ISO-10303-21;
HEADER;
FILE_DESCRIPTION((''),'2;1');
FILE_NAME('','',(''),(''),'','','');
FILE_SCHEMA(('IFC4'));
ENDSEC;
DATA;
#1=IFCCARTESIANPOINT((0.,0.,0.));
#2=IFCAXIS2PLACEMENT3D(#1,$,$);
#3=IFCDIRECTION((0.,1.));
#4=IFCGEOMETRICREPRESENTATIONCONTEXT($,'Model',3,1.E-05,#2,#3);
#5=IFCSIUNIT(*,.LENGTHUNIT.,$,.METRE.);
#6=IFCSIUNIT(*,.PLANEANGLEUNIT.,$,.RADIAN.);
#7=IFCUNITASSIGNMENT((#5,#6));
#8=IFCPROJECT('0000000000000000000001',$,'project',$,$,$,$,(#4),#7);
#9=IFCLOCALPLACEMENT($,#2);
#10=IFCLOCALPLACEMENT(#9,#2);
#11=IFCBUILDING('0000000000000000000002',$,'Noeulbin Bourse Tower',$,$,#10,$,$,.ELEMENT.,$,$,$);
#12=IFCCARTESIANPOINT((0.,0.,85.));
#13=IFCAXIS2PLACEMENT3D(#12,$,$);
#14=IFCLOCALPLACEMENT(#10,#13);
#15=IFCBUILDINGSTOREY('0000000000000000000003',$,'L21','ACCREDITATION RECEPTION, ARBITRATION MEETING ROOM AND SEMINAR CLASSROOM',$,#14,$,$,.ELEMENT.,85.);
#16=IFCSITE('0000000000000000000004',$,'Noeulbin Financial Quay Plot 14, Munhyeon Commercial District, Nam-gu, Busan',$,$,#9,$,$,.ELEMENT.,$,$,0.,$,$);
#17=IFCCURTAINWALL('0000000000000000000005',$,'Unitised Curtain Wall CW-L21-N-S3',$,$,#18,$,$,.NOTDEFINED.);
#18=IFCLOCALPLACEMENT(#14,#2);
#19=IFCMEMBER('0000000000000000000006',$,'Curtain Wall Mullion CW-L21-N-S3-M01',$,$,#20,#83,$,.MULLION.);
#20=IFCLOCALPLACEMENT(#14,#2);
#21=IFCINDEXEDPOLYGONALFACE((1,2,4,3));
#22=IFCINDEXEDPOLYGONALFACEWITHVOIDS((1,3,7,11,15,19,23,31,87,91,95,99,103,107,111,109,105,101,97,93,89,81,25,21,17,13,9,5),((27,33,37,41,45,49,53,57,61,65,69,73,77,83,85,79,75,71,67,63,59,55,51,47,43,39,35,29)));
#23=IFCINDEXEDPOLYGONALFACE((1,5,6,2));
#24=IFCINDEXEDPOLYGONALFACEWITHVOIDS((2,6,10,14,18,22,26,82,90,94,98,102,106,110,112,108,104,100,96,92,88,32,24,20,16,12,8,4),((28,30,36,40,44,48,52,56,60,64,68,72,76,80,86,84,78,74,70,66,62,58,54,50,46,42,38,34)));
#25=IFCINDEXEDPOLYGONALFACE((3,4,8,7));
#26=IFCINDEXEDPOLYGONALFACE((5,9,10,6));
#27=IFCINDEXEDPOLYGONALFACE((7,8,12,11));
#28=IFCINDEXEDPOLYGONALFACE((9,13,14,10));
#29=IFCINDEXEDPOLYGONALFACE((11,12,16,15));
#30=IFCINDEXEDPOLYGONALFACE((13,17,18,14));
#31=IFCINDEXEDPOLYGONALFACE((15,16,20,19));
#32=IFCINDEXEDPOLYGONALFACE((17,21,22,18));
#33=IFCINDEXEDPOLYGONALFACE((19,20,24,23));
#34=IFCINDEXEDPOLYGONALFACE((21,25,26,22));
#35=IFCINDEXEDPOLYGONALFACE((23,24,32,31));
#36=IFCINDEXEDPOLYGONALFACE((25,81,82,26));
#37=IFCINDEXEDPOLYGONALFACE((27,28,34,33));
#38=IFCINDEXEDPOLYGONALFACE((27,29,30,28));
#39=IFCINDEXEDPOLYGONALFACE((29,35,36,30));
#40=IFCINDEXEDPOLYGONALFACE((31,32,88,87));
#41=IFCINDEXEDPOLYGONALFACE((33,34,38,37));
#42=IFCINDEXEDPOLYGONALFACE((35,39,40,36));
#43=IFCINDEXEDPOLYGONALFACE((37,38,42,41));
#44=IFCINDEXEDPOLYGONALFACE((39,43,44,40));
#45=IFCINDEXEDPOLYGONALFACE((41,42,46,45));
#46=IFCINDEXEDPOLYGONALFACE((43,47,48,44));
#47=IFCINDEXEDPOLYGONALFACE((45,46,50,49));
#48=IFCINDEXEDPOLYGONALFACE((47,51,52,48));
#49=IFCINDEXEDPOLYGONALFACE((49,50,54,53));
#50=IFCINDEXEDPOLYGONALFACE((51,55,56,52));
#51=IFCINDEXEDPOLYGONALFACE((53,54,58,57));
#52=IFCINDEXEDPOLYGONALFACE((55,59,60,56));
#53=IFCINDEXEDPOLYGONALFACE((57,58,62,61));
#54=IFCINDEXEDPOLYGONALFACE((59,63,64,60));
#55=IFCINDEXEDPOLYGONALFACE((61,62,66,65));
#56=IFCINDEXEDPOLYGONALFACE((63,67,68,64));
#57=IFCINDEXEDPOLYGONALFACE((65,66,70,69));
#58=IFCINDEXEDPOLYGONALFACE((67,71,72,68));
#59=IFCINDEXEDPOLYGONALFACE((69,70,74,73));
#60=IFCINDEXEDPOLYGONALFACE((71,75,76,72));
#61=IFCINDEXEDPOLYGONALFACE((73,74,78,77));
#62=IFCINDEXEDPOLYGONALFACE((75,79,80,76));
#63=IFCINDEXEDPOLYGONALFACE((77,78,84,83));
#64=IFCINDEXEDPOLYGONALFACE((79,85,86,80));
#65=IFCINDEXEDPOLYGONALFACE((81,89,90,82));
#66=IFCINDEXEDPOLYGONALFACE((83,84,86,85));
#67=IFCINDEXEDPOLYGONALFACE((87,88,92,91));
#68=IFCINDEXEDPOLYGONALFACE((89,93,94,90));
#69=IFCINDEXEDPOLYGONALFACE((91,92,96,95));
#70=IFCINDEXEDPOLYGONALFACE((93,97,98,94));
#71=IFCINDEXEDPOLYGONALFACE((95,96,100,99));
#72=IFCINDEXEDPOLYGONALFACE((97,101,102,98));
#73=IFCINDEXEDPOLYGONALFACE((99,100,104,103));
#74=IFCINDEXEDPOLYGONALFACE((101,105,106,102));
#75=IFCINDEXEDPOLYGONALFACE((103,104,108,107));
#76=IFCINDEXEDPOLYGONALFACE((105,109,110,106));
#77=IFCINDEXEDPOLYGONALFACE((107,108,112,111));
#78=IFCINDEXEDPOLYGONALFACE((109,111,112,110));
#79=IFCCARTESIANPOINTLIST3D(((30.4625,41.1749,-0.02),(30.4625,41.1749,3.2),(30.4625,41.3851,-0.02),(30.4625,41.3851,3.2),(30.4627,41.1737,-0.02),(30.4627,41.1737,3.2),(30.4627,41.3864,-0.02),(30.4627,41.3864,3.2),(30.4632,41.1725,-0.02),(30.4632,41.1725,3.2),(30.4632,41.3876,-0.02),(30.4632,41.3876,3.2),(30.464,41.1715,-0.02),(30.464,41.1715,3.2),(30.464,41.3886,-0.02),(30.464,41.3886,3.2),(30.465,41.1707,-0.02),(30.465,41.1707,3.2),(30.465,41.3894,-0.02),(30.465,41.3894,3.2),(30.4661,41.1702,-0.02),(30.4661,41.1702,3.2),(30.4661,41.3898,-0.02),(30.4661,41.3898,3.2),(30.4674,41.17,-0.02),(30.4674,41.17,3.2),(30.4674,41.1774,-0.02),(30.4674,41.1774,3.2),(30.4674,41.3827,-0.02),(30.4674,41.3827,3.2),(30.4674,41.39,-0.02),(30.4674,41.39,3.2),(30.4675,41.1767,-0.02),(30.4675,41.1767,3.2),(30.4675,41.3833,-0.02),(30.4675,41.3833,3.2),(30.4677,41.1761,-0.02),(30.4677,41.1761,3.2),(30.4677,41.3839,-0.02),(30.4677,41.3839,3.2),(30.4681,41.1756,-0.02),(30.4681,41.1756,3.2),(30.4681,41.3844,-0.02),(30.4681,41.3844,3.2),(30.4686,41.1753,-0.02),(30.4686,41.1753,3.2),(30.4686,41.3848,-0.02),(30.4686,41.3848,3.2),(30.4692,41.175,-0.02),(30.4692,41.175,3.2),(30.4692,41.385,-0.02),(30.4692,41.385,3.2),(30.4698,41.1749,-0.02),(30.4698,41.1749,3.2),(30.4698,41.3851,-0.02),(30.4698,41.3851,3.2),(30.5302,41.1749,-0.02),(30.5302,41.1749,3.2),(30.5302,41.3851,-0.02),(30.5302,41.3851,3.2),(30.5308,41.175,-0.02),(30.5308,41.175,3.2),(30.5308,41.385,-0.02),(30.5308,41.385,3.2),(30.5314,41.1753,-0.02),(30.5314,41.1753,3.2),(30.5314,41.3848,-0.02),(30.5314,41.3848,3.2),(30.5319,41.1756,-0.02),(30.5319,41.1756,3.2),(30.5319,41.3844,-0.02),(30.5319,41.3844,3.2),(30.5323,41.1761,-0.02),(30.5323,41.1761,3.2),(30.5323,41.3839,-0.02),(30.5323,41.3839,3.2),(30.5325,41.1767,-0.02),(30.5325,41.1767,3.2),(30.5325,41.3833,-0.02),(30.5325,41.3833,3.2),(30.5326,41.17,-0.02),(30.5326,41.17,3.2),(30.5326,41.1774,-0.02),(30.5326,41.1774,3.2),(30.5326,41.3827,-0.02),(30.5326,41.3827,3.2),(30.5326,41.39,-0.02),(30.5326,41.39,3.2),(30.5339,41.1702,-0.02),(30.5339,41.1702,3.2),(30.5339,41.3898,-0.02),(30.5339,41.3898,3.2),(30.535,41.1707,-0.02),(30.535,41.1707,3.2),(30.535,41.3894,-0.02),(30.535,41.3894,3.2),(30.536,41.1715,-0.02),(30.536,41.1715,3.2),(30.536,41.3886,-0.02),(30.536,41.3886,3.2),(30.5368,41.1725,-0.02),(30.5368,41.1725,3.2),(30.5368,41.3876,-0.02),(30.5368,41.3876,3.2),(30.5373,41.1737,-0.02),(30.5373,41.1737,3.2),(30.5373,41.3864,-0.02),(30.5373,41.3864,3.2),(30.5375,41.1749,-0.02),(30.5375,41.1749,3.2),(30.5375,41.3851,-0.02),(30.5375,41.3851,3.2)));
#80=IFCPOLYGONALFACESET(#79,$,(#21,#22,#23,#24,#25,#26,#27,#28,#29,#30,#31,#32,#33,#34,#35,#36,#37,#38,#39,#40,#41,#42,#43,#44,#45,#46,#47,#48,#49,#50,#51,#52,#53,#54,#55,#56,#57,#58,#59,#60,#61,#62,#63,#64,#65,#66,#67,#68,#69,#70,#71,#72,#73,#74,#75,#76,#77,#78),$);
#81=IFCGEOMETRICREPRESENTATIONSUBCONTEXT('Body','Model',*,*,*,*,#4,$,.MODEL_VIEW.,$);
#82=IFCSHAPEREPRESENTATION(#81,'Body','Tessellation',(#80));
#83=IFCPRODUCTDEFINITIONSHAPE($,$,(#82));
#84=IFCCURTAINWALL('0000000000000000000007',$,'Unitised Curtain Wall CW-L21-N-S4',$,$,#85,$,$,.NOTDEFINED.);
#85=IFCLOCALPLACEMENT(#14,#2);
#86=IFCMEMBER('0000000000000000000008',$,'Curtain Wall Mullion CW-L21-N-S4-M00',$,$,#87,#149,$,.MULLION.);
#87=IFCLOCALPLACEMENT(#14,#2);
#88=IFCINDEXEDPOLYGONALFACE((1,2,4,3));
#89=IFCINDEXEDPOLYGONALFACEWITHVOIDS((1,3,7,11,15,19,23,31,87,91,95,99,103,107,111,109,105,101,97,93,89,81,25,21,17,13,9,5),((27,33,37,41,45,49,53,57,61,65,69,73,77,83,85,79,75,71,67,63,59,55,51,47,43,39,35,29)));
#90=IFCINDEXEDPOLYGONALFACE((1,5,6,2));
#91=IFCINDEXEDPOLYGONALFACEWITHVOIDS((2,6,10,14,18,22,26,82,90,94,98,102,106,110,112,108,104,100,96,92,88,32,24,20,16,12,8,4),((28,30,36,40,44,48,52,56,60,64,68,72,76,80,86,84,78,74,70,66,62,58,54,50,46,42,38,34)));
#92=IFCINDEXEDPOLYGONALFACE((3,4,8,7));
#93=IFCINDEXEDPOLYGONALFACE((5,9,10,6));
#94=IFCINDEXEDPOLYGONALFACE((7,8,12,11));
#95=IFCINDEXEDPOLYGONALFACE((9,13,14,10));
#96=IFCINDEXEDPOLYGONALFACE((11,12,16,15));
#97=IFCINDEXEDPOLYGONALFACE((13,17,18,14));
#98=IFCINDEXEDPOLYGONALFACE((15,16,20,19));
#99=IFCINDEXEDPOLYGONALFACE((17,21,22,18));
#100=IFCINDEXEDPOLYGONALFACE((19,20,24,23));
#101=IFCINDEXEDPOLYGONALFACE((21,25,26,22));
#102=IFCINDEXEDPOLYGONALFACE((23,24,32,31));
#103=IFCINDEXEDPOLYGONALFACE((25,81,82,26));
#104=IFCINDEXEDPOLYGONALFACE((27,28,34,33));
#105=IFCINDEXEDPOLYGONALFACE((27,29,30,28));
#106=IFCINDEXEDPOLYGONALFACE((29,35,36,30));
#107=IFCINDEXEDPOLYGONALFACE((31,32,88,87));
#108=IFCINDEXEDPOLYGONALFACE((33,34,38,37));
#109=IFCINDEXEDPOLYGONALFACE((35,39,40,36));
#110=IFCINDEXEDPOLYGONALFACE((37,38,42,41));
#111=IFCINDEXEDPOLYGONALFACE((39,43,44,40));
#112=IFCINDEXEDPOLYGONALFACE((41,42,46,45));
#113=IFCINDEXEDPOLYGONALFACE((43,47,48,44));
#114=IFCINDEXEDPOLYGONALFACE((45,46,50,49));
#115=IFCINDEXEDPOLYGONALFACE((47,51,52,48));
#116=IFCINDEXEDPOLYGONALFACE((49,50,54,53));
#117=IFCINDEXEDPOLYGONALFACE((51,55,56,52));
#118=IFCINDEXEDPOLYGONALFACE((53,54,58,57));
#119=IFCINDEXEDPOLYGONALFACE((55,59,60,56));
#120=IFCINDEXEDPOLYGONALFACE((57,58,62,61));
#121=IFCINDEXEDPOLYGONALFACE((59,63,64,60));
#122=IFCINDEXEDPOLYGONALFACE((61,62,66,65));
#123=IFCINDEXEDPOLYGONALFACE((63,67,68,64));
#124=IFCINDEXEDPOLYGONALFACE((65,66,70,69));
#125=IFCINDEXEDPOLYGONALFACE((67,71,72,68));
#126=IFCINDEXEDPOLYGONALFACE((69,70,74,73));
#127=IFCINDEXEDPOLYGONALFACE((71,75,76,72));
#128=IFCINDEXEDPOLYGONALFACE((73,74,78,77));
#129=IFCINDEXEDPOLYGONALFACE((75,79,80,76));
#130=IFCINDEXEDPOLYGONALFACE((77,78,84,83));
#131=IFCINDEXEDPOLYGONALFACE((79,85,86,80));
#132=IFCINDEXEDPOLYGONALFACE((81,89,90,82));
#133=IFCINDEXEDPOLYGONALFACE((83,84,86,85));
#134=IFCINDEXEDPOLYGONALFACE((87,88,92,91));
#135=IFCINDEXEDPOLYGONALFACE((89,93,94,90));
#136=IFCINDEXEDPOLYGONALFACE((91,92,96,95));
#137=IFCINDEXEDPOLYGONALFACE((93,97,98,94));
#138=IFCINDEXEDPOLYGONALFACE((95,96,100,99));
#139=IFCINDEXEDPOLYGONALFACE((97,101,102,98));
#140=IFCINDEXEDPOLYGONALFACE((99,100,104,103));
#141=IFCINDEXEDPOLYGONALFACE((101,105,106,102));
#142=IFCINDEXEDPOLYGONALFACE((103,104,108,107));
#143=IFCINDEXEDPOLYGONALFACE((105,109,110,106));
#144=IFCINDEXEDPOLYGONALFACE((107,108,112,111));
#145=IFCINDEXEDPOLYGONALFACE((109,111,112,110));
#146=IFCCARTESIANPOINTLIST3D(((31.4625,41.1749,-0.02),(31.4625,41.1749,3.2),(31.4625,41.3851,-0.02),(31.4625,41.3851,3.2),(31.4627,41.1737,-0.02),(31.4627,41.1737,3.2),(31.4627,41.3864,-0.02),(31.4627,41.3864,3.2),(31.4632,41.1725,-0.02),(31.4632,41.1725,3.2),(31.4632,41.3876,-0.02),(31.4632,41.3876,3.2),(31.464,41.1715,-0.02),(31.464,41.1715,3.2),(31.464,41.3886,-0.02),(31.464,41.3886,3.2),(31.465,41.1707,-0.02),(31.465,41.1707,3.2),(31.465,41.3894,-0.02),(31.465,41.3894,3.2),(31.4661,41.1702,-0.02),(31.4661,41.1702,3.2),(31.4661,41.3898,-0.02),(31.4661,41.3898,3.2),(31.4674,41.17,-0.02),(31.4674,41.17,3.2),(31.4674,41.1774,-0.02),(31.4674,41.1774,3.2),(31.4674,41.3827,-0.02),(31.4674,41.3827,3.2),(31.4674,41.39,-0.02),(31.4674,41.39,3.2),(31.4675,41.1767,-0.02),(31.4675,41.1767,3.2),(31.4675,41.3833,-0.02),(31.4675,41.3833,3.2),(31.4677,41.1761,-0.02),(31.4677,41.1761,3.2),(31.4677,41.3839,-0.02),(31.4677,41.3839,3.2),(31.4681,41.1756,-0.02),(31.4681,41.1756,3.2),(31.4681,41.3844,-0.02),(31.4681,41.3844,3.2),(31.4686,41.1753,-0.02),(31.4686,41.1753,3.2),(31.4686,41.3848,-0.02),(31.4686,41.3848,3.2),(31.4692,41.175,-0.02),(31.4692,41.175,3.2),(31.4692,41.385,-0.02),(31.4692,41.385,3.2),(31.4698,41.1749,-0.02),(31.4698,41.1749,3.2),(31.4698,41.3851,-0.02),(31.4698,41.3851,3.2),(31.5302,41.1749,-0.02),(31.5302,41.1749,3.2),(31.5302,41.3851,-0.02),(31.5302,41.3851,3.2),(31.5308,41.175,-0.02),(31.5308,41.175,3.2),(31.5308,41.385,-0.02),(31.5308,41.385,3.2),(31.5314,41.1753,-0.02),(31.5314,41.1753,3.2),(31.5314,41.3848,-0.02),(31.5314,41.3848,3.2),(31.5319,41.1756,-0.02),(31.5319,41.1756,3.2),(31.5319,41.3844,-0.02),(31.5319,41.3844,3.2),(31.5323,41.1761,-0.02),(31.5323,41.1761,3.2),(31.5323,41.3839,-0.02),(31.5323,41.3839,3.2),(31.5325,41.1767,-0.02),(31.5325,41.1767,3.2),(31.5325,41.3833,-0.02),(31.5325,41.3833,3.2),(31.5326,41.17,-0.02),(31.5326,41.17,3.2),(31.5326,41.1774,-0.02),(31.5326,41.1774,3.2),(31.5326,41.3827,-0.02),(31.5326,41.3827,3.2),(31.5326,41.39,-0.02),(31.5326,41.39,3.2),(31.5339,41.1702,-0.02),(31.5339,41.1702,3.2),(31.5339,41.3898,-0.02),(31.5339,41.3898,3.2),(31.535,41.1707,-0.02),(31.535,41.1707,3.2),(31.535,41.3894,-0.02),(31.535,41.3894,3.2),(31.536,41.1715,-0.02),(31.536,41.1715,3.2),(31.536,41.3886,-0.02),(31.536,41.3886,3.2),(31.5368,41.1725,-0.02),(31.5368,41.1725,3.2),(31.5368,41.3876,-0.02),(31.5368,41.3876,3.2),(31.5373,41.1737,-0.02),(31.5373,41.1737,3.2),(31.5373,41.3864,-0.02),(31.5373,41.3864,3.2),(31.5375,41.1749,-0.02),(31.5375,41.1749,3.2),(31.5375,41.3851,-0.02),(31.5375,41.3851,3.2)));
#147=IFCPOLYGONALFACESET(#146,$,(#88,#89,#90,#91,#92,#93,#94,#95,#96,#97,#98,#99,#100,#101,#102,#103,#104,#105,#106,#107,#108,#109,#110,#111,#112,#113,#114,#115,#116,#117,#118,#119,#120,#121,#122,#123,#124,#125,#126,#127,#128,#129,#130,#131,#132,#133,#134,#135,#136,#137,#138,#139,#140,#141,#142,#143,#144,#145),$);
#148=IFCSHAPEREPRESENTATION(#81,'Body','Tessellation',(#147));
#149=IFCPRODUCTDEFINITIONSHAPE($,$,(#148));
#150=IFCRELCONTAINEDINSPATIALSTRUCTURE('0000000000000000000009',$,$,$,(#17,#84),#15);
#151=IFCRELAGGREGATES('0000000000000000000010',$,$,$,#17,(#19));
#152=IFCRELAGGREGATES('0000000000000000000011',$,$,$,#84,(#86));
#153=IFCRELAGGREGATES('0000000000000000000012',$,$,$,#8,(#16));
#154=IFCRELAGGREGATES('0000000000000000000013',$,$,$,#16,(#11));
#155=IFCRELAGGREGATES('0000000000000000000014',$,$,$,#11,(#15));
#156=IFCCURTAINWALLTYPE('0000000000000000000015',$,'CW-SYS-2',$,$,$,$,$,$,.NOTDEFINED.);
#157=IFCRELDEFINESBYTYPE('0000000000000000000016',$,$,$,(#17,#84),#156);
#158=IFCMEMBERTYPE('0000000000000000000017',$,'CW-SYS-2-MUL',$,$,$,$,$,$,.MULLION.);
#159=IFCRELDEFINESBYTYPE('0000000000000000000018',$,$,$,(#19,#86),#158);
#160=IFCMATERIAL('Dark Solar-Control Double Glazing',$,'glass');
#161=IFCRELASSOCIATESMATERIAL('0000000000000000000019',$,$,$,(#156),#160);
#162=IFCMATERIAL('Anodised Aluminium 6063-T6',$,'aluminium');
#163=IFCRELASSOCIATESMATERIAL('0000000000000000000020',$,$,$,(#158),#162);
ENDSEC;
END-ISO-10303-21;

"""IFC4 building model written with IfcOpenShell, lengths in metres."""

from ifc_helpers import new_model, si_unit, direction, frame, origin, origin_2d, place, context, subcontext, project, spatial, hollow_rectangle, extrude, material, material_profile, profile_set, type_object, element, aggregate, save


model = new_model("IFC4")

# Units and contexts
model_context = context("Model", 3, precision=1e-05, world=origin(), true_north=direction((0.0, 1.0)))
body_context = subcontext(model_context, "Body", "Model", "MODEL_VIEW")
ifc_project = project(units=[si_unit("LENGTHUNIT", "METRE"), si_unit("PLANEANGLEUNIT", "RADIAN")], contexts=[model_context])

# Site, building, storey
site_placement = place(None, origin())
site = spatial("IfcSite", under=ifc_project, at=site_placement, Name="Noeulbin Financial Quay Plot 14, Munhyeon Commercial District, Nam-gu, Busan", CompositionType="ELEMENT", RefElevation=0.0)
building_placement = place(site_placement, origin())
building = spatial("IfcBuilding", under=site, at=building_placement, Name="Noeulbin Bourse Tower", CompositionType="ELEMENT")
storey_placement = place(building_placement, frame((0.0, 0.0, 85.0)))
storey = spatial("IfcBuildingStorey", under=building, at=storey_placement, Name="L21", Description="ACCREDITATION RECEPTION, ARBITRATION MEETING ROOM AND SEMINAR CLASSROOM", CompositionType="ELEMENT", Elevation=85.0)

# Curtain wall, member
ifc_material_1 = material(Name="Dark Solar-Control Double Glazing", Category="glass")
curtain_wall_type = type_object("IfcCurtainWallType", Name="CW-SYS-2", PredefinedType="NOTDEFINED", material=ifc_material_1)
curtain_wall_1_placement = place(storey_placement, origin())
curtain_wall_1 = element("IfcCurtainWall", 1, at=curtain_wall_1_placement, inside=storey, type_object=curtain_wall_type, Name="Unitised Curtain Wall CW-L21-N-S3", PredefinedType="NOTDEFINED")
ifc_material_2 = material(Name="Anodised Aluminium 6063-T6", Category="aluminium")
ifc_material_profile_1 = material_profile(ifc_material_2, hollow_rectangle(XDim=0.075, YDim=0.22, WallThickness=0.0049, InnerFilletRadius=0.0024, OuterFilletRadius=0.0049, at=origin_2d()), Name="ALU-MULL-75x220x5", Category="LoadBearing")
ifc_profile_set_1 = profile_set([ifc_material_profile_1], Name="Anodised Aluminium 6063-T6")
member_type_1 = type_object("IfcMemberType", Name="CW-SYS-2-MUL", PredefinedType="MULLION", material=ifc_profile_set_1)
member_1_placement = place(storey_placement, frame((30.5, 41.28, -0.02), z_axis=(0.0, 0.0, 1.0), x_axis=(1.0, 0.0, 0.0)))
member_1 = element("IfcMember", 2, at=member_1_placement, type_object=member_type_1, Name="Curtain Wall Mullion CW-L21-N-S3-M01", PredefinedType="MULLION", context=body_context, shape_type="SweptSolid", body=[
    extrude(hollow_rectangle(XDim=0.075, YDim=0.22, WallThickness=0.0049, InnerFilletRadius=0.0024, OuterFilletRadius=0.0049, at=origin_2d()), origin(), (0.0, 0.0, 1.0), 3.22),
])
aggregate(curtain_wall_1, [member_1])

# Curtain wall, member
curtain_wall_2_placement = place(storey_placement, origin())
curtain_wall_2 = element("IfcCurtainWall", 3, at=curtain_wall_2_placement, inside=storey, type_object=curtain_wall_type, Name="Unitised Curtain Wall CW-L21-N-S4", PredefinedType="NOTDEFINED")
member_2_placement = place(storey_placement, frame((31.5, 41.28, -0.02), z_axis=(0.0, 0.0, 1.0), x_axis=(1.0, 0.0, 0.0)))
member_2 = element("IfcMember", 4, at=member_2_placement, type_object=member_type_1, Name="Curtain Wall Mullion CW-L21-N-S4-M00", PredefinedType="MULLION", context=body_context, shape_type="SweptSolid", body=[
    extrude(hollow_rectangle(XDim=0.075, YDim=0.22, WallThickness=0.0049, InnerFilletRadius=0.0024, OuterFilletRadius=0.0049, at=origin_2d()), origin(), (0.0, 0.0, 1.0), 3.22),
])

aggregate(curtain_wall_2, [member_2])

save(model, "model.ifc")
